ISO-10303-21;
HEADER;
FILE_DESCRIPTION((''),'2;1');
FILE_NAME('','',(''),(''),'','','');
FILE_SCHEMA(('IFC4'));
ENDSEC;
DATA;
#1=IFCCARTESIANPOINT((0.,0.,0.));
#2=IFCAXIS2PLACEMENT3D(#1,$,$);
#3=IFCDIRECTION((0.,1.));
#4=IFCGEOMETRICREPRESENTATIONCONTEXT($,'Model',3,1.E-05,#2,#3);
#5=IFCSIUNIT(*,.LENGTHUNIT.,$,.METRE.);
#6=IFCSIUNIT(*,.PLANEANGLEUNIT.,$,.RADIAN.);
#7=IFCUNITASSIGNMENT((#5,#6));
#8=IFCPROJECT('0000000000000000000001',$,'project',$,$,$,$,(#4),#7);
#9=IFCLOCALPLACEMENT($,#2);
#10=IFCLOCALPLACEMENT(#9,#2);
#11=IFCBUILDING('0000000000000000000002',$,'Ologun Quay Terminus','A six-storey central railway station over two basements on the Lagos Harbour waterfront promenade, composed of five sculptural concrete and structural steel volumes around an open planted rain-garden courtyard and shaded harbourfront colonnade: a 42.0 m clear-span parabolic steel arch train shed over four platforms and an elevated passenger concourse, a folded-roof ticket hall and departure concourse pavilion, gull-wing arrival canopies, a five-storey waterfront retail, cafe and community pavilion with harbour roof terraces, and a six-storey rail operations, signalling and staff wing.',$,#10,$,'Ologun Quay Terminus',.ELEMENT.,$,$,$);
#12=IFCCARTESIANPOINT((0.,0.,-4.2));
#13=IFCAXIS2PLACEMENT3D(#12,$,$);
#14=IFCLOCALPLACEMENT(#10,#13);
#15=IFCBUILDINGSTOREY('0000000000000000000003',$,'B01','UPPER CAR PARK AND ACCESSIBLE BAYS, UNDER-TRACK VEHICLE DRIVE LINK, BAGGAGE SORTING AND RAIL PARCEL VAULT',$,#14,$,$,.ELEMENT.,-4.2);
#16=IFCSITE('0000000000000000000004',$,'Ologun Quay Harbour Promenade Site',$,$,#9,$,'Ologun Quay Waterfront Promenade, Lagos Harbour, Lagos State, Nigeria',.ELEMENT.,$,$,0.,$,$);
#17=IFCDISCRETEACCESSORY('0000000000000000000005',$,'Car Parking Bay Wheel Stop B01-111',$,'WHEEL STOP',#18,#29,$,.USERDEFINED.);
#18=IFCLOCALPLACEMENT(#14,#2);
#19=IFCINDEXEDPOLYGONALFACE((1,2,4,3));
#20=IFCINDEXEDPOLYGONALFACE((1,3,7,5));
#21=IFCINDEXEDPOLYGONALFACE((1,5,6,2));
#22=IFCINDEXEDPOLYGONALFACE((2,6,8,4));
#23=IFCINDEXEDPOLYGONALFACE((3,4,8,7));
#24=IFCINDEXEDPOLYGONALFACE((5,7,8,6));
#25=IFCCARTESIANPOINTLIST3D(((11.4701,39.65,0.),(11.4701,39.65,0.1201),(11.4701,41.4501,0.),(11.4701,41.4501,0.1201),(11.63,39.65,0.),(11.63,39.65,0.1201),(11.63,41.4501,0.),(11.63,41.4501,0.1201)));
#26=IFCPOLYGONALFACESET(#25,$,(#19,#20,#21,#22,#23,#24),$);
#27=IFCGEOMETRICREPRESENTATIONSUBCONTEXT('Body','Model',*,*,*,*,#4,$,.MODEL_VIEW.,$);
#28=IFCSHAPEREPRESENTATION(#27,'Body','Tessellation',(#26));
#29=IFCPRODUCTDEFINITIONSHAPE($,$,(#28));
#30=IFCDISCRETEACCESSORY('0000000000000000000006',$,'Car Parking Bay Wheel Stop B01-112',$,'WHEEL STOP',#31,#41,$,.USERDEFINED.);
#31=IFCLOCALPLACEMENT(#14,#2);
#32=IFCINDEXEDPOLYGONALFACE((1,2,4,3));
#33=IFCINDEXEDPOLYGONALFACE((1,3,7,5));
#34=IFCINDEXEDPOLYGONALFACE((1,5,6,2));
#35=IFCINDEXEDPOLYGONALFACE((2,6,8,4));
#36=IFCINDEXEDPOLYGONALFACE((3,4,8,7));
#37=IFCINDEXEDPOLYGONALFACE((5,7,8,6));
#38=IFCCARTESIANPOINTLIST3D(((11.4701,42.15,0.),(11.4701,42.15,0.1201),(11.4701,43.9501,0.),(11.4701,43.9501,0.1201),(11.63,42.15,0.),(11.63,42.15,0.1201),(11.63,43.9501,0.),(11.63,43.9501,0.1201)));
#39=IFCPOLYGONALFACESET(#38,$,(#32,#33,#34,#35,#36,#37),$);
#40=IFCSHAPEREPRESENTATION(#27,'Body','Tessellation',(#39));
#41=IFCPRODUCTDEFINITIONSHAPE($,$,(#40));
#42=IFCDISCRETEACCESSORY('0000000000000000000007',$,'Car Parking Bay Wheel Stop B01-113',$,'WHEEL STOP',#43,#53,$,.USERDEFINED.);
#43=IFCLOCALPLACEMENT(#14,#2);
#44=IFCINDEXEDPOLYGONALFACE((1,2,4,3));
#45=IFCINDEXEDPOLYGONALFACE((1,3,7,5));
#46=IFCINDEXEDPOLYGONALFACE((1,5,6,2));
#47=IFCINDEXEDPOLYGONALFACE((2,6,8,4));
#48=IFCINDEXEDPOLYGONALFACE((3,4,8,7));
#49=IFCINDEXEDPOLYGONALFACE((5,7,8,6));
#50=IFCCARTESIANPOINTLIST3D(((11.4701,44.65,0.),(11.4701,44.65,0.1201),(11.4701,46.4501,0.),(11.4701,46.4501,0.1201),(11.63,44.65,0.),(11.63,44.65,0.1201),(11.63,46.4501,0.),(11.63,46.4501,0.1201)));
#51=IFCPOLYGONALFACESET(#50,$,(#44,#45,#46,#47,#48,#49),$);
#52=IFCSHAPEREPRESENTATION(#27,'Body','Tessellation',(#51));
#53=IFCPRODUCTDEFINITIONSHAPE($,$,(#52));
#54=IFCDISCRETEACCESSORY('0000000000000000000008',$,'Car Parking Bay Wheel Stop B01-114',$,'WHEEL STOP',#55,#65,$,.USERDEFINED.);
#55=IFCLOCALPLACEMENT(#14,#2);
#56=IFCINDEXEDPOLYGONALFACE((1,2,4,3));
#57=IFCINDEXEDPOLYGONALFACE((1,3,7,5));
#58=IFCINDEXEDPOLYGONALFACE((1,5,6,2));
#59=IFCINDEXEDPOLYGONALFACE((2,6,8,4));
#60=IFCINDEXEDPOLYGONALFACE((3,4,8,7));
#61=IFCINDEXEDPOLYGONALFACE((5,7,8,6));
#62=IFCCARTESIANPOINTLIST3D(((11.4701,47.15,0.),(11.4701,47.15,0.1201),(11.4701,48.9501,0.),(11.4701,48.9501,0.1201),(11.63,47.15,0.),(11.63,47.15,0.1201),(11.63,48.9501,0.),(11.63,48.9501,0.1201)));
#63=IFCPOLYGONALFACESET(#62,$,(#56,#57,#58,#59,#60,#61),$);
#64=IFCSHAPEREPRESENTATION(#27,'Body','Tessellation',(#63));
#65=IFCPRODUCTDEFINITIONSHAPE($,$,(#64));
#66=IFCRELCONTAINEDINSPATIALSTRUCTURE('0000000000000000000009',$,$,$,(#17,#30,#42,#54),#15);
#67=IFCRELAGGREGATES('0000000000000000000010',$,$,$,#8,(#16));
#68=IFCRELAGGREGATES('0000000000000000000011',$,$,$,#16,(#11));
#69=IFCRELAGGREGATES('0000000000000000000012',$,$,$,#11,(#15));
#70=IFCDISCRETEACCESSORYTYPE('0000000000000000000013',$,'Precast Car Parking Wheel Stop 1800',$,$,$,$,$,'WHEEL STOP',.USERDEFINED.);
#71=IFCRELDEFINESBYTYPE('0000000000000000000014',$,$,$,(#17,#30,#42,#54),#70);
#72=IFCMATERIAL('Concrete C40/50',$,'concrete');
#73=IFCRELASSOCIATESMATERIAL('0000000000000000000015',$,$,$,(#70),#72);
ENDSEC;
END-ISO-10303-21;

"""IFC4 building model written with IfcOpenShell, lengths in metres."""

from ifc_helpers import new_model, si_unit, direction, frame, origin, origin_2d, place, context, subcontext, project, spatial, rectangle, extrude, material, type_object, element, save


model = new_model("IFC4")

# Units and contexts
model_context = context("Model", 3, precision=1e-05, world=origin(), true_north=direction((0.0, 1.0)))
body_context = subcontext(model_context, "Body", "Model", "MODEL_VIEW")
ifc_project = project(units=[si_unit("LENGTHUNIT", "METRE"), si_unit("PLANEANGLEUNIT", "RADIAN")], contexts=[model_context])

# Site, building, storey
site_placement = place(None, origin())
site = spatial("IfcSite", under=ifc_project, at=site_placement, Name="Ologun Quay Harbour Promenade Site", LongName="Ologun Quay Waterfront Promenade, Lagos Harbour, Lagos State, Nigeria", CompositionType="ELEMENT", RefElevation=0.0)
building_placement = place(site_placement, origin())
building = spatial("IfcBuilding", under=site, at=building_placement, Name="Ologun Quay Terminus", Description="A six-storey central railway station over two basements on the Lagos Harbour waterfront promenade, composed of five sculptural concrete and structural steel volumes around an open planted rain-garden courtyard and shaded harbourfront colonnade: a 42.0 m clear-span parabolic steel arch train shed over four platforms and an elevated passenger concourse, a folded-roof ticket hall and departure concourse pavilion, gull-wing arrival canopies, a five-storey waterfront retail, cafe and community pavilion with harbour roof terraces, and a six-storey rail operations, signalling and staff wing.", LongName="Ologun Quay Terminus", CompositionType="ELEMENT")
storey_placement = place(building_placement, frame((0.0, 0.0, -4.2)))
storey = spatial("IfcBuildingStorey", under=building, at=storey_placement, Name="B01", Description="UPPER CAR PARK AND ACCESSIBLE BAYS, UNDER-TRACK VEHICLE DRIVE LINK, BAGGAGE SORTING AND RAIL PARCEL VAULT", CompositionType="ELEMENT", Elevation=-4.2)

# Discrete accessories
ifc_material_1 = material(Name="Concrete C40/50", Category="concrete")
discrete_accessory_type_1 = type_object("IfcDiscreteAccessoryType", Name="Precast Car Parking Wheel Stop 1800", ElementType="WHEEL STOP", PredefinedType="USERDEFINED", material=ifc_material_1)
for number, where, z_axis, x_axis, name in (
    (1, (11.55, 40.55, 0.0), (0.0, 0.0, 1.0), (0.0, 1.0, 0.0), "Car Parking Bay Wheel Stop B01-111"),
    (2, (11.55, 43.05, 0.0), (0.0, 0.0, 1.0), (0.0, 1.0, 0.0), "Car Parking Bay Wheel Stop B01-112"),
    (3, (11.55, 45.55, 0.0), (0.0, 0.0, 1.0), (0.0, 1.0, 0.0), "Car Parking Bay Wheel Stop B01-113"),
    (4, (11.55, 48.05, 0.0), (0.0, 0.0, 1.0), (0.0, 1.0, 0.0), "Car Parking Bay Wheel Stop B01-114"),
):
    element("IfcDiscreteAccessory", number, at=place(storey_placement, frame(where, z_axis=z_axis, x_axis=x_axis)), inside=storey, type_object=discrete_accessory_type_1, Name=name, ObjectType="WHEEL STOP", PredefinedType="USERDEFINED", context=body_context, shape_type="SweptSolid", body=[
        extrude(rectangle(XDim=1.8, YDim=0.1599, at=origin_2d()), origin(), (0.0, 0.0, 1.0), 0.1201),
    ])

save(model, "model.ifc")
